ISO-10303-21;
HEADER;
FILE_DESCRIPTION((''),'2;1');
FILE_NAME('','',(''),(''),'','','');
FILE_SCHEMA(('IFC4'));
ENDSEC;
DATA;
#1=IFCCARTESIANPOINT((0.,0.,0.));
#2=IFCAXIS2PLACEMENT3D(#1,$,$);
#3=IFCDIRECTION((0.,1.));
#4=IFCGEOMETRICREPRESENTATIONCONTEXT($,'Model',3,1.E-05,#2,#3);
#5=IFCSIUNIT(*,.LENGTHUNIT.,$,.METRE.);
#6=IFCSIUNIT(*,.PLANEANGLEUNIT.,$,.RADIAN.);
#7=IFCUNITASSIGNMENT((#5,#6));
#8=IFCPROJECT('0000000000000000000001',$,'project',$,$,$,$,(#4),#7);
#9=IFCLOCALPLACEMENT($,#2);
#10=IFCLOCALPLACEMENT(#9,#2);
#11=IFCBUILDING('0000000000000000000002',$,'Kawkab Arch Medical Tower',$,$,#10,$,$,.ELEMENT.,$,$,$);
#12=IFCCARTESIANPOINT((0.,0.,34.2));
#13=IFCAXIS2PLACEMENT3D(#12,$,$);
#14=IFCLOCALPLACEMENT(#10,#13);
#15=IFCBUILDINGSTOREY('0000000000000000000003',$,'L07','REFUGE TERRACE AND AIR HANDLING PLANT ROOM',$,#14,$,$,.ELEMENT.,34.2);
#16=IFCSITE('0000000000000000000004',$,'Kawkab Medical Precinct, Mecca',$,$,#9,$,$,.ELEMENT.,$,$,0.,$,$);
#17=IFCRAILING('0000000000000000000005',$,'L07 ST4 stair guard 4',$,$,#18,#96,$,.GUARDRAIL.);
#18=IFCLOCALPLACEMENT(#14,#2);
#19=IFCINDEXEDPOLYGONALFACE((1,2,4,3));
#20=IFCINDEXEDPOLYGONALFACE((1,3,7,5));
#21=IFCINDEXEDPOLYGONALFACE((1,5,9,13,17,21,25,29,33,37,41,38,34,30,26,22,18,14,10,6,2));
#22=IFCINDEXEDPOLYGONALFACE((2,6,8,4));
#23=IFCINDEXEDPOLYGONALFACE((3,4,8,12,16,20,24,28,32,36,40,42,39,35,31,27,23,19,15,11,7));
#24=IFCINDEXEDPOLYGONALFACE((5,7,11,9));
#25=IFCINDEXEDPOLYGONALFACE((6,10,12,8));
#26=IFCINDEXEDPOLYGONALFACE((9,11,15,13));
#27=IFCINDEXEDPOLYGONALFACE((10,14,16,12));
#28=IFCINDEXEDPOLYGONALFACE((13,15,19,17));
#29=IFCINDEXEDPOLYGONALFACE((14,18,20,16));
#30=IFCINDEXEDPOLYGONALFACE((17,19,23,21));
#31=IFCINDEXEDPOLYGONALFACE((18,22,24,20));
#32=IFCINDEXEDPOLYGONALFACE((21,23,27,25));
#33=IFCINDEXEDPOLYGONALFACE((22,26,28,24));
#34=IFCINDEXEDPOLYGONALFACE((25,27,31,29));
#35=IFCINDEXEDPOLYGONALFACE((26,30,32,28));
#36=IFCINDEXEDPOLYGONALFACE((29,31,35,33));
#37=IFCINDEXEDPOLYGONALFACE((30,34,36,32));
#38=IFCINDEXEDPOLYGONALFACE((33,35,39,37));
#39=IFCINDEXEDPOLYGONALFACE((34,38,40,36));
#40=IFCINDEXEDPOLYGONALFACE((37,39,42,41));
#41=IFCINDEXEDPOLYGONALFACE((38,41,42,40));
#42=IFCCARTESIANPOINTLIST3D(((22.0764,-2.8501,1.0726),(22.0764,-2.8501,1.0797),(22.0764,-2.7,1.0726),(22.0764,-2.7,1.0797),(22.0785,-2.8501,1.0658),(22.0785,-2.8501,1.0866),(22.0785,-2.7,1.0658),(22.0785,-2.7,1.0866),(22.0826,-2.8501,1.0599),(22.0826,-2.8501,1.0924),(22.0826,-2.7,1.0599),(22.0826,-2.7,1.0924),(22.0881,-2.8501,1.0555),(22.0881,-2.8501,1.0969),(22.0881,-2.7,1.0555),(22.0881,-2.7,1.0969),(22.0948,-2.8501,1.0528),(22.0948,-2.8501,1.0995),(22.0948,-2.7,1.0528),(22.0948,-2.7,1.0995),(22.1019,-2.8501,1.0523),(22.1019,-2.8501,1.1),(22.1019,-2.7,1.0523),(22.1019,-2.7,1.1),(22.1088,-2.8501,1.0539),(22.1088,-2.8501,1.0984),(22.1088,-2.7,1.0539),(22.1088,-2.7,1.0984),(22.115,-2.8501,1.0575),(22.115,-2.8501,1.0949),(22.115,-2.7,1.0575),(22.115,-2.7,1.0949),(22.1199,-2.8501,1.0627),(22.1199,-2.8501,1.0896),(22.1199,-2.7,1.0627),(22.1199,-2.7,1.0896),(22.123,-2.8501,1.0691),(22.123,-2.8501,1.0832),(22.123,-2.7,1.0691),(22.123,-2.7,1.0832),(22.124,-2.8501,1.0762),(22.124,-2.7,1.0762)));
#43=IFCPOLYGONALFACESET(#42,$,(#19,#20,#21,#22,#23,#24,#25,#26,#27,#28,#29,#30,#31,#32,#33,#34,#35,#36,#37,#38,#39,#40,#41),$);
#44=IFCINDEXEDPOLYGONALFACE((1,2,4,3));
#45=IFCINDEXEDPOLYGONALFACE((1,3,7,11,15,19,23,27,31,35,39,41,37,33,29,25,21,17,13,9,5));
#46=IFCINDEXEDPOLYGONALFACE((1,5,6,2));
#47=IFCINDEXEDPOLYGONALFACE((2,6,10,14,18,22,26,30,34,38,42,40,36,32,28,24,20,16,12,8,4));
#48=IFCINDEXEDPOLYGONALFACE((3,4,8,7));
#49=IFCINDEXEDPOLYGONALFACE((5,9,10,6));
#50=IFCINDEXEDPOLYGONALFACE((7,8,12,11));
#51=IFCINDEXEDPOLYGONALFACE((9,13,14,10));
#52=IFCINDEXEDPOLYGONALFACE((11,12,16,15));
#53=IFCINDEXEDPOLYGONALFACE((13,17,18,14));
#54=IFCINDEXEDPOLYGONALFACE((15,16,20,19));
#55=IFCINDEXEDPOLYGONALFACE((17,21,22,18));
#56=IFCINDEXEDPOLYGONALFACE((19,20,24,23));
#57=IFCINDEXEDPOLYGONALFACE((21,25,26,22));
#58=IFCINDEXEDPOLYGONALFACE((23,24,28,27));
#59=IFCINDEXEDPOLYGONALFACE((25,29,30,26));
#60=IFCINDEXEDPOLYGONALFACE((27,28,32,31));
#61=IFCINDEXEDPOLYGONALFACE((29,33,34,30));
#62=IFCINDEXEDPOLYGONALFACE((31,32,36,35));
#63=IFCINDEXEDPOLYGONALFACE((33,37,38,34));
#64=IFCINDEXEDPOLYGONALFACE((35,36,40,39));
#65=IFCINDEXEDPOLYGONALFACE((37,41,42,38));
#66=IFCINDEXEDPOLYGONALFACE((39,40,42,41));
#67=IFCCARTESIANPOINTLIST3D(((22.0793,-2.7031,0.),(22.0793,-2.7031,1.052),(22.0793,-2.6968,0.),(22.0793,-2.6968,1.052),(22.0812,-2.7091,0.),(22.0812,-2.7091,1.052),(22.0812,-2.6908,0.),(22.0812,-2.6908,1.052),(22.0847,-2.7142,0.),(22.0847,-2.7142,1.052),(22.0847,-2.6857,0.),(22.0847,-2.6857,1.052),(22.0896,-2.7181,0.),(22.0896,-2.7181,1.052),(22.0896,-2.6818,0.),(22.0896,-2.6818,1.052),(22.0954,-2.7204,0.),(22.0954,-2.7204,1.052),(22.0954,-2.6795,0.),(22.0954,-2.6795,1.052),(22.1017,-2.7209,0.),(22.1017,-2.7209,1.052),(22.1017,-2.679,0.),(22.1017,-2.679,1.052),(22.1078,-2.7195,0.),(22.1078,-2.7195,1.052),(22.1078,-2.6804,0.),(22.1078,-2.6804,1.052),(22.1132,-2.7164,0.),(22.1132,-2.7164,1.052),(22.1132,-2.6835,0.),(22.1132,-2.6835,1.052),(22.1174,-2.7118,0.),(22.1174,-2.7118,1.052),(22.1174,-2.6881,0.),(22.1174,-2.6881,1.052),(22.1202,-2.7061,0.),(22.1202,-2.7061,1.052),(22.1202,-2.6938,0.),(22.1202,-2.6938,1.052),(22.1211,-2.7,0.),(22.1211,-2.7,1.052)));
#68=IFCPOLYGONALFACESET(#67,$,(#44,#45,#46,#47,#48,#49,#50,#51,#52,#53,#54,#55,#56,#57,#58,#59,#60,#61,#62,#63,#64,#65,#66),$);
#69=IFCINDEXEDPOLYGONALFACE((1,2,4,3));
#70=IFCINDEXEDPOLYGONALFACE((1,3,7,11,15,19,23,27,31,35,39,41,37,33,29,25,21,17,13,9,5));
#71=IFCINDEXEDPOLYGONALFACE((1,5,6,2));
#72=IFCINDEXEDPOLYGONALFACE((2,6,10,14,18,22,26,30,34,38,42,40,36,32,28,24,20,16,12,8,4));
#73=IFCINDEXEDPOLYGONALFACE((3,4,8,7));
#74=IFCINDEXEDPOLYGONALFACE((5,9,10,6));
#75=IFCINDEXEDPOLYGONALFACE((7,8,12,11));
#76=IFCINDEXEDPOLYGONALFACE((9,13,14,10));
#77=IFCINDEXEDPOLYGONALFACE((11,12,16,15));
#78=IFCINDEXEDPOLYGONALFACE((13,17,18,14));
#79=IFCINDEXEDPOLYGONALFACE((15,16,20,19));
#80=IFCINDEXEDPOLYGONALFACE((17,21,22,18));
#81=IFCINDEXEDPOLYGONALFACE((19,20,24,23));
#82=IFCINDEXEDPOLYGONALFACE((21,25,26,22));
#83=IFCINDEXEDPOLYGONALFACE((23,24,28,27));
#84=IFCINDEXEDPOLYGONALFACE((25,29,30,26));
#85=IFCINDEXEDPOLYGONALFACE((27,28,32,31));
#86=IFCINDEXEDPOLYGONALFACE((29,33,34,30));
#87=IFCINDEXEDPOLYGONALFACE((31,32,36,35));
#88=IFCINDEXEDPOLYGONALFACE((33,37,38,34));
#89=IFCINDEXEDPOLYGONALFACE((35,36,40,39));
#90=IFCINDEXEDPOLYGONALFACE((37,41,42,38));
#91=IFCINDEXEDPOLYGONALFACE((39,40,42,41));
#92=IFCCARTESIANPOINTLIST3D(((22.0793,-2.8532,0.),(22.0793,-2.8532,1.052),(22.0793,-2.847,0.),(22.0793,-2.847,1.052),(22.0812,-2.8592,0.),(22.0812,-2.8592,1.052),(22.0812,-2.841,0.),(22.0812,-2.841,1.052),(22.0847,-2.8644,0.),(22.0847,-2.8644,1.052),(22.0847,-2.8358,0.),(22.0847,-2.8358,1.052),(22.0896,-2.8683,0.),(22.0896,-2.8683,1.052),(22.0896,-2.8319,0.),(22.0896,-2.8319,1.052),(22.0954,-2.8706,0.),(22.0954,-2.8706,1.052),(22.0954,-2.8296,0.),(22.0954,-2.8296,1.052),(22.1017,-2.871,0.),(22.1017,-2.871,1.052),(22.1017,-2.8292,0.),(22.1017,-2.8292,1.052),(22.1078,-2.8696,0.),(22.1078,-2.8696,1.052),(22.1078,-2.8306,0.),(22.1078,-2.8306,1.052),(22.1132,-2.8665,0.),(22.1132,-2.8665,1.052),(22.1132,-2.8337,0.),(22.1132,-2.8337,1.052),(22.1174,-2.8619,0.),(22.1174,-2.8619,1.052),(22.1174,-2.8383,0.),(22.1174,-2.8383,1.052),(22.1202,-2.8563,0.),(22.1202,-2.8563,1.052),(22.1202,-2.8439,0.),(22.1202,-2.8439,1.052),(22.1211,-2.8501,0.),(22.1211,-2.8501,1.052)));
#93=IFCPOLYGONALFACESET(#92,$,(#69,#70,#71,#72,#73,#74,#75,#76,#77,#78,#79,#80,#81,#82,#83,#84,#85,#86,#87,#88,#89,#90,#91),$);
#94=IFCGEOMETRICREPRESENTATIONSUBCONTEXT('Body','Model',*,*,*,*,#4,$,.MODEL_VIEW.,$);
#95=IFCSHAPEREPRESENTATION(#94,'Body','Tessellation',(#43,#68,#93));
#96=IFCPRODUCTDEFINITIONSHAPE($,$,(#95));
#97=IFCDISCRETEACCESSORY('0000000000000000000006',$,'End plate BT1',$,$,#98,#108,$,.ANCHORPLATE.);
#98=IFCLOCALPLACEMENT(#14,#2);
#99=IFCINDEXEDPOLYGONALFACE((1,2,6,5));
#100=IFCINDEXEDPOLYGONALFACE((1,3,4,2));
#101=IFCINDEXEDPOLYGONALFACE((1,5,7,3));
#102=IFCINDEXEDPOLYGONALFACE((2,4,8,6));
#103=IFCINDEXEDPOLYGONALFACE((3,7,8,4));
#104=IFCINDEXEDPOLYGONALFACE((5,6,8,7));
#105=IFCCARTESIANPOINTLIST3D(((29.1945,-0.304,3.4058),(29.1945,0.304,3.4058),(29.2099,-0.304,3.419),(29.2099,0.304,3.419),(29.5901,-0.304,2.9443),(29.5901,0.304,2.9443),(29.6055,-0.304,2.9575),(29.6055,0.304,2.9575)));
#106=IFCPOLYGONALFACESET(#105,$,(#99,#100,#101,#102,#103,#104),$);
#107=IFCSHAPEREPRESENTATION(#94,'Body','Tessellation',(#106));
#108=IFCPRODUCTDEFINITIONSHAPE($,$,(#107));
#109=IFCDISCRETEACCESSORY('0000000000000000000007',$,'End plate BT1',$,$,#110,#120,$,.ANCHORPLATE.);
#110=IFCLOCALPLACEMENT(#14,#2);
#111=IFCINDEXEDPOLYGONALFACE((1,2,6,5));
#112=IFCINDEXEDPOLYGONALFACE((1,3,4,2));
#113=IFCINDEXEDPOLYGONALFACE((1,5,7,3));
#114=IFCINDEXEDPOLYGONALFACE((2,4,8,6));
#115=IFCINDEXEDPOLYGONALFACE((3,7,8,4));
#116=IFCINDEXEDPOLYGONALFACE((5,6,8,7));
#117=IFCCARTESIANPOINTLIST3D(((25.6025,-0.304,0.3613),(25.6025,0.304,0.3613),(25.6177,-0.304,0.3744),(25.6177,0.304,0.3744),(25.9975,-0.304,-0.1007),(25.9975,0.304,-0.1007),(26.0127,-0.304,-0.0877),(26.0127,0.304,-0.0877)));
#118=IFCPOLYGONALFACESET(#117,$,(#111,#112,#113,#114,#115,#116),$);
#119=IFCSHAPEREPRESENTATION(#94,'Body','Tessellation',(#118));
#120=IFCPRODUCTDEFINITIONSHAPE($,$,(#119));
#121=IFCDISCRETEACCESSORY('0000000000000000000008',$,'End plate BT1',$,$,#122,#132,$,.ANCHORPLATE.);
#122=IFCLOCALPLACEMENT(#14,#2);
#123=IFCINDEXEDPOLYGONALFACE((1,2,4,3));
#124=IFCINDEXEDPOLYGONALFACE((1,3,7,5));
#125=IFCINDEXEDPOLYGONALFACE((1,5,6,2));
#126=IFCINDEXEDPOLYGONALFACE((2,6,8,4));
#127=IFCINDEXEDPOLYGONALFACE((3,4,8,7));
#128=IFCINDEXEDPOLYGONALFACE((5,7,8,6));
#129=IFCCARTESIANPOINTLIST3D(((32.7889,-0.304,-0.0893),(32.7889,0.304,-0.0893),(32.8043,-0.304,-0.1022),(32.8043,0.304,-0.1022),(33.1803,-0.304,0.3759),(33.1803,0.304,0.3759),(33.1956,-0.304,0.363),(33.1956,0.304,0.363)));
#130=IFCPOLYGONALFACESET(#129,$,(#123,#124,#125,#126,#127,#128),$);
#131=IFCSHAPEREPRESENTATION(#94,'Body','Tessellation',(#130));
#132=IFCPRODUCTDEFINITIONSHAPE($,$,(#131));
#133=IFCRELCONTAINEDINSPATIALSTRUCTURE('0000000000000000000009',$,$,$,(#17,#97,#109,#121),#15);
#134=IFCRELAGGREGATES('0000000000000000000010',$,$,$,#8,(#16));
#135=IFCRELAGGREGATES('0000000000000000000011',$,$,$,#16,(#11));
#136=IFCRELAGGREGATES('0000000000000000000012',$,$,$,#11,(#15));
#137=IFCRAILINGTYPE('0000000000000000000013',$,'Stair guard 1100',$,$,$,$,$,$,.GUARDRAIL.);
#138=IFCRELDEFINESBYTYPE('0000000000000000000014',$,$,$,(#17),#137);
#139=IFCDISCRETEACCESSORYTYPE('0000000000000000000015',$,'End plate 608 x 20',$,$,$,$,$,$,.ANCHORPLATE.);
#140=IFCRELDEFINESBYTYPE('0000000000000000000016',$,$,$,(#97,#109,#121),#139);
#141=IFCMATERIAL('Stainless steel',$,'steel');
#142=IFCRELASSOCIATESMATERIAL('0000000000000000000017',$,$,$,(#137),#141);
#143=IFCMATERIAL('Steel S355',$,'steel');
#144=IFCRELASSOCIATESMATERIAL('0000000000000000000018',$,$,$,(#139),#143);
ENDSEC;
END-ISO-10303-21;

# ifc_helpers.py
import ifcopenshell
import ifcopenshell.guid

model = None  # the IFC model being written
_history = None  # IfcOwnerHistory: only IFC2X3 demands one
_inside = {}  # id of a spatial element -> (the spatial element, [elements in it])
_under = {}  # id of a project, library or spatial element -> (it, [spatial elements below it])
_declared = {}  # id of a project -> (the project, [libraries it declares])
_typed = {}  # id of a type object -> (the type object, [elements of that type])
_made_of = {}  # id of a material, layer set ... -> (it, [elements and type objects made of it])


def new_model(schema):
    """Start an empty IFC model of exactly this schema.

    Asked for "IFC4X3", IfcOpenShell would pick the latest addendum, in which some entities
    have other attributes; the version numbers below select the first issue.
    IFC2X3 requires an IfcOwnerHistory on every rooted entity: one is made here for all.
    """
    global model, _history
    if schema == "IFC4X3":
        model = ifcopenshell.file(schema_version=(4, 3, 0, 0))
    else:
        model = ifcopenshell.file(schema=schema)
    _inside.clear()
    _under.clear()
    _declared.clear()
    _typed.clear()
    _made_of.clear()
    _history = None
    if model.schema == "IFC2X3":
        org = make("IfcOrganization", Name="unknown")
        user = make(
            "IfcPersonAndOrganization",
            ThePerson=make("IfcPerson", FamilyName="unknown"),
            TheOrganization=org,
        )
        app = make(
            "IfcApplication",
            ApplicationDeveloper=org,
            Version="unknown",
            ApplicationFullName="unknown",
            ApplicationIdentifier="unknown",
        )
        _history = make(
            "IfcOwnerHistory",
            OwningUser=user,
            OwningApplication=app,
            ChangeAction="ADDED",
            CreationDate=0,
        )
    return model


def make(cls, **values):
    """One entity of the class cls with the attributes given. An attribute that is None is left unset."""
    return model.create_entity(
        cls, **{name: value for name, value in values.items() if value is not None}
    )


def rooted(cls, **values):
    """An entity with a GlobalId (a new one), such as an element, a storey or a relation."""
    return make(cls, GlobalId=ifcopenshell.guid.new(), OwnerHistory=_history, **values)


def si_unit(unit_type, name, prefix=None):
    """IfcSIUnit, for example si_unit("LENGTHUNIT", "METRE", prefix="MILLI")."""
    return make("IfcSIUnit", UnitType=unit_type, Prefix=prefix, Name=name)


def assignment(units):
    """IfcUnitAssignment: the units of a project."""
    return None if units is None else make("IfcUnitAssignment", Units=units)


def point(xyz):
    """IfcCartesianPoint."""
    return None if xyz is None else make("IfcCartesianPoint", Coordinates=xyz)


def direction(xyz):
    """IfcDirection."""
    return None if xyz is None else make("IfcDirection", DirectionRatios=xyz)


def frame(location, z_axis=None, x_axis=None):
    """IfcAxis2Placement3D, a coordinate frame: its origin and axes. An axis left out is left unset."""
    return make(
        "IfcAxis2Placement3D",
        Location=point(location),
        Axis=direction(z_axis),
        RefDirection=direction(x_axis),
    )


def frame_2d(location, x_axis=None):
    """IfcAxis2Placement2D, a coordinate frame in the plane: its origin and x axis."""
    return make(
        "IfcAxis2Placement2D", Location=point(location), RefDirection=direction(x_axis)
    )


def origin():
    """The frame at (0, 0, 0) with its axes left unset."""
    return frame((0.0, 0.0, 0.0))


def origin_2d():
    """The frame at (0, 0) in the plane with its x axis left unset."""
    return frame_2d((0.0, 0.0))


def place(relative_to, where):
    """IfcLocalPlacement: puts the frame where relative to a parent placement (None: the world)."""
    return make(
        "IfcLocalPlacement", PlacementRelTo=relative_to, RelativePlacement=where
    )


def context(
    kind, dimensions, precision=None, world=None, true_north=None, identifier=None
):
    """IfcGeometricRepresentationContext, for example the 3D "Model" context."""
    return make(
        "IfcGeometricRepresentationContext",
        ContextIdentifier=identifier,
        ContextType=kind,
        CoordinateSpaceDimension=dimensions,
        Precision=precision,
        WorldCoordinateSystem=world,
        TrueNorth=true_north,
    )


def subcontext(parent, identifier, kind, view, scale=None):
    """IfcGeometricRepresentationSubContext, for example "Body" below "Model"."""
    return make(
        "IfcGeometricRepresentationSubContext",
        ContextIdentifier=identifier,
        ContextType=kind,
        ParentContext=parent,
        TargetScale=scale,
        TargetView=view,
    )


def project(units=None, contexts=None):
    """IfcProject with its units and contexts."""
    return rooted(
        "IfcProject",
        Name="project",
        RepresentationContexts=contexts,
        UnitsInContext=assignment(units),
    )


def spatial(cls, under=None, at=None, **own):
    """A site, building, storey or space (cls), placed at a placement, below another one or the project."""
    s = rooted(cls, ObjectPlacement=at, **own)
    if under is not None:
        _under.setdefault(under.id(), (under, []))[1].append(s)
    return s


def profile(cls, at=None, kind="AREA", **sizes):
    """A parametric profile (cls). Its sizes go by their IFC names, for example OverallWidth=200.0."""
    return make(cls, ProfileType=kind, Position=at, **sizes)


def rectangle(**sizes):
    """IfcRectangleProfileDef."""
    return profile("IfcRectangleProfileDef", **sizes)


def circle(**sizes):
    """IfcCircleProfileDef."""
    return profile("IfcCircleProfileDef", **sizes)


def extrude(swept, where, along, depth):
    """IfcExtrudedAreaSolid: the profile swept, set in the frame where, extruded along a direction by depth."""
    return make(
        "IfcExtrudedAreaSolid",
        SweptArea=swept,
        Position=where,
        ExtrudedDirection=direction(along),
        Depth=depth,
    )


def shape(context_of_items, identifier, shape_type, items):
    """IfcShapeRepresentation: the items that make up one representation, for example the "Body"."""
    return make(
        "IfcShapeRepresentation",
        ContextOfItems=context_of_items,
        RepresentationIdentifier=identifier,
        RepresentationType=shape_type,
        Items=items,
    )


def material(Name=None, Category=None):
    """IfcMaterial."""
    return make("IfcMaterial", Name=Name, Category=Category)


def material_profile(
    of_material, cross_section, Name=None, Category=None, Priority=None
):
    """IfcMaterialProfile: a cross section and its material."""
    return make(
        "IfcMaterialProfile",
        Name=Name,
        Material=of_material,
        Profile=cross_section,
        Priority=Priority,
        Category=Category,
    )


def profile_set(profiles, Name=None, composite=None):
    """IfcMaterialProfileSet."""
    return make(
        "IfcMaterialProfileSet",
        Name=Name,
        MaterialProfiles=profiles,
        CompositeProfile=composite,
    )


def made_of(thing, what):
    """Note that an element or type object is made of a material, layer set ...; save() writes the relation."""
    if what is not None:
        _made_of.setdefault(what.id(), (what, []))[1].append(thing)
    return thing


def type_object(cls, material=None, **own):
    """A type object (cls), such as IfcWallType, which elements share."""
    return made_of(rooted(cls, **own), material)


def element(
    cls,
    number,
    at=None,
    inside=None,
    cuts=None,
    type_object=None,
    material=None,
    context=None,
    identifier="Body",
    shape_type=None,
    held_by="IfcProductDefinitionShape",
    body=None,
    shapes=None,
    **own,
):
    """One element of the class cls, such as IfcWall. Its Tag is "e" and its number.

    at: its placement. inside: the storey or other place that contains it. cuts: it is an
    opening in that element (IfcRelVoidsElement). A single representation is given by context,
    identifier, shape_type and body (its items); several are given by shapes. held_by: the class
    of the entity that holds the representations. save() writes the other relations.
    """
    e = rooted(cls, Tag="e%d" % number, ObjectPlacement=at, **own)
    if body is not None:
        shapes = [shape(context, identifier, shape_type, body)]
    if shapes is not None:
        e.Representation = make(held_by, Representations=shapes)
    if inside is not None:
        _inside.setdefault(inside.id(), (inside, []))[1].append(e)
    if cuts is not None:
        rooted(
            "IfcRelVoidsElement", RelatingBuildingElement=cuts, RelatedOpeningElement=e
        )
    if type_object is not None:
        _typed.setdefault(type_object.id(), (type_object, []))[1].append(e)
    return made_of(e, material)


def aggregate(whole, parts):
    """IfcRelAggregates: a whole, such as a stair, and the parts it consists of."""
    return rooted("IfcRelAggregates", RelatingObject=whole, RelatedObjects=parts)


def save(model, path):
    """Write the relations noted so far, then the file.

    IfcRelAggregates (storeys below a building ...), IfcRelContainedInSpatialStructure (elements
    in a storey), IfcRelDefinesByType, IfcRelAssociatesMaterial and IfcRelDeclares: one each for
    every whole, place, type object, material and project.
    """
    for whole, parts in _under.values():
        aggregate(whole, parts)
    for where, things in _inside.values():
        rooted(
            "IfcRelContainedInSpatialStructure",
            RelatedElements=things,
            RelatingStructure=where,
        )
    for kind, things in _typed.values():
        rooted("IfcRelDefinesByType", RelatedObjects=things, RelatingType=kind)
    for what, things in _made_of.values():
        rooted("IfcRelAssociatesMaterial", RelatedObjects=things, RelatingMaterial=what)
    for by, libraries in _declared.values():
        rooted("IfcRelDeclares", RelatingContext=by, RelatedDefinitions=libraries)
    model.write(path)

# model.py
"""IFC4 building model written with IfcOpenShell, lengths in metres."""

from ifc_helpers import new_model, si_unit, direction, frame, origin, origin_2d, place, context, subcontext, project, spatial, rectangle, circle, extrude, material, material_profile, profile_set, type_object, element, save


model = new_model("IFC4")

# Units and contexts
model_context = context("Model", 3, precision=1e-05, world=origin(), true_north=direction((0.0, 1.0)))
body_context = subcontext(model_context, "Body", "Model", "MODEL_VIEW")
ifc_project = project(units=[si_unit("LENGTHUNIT", "METRE"), si_unit("PLANEANGLEUNIT", "RADIAN")], contexts=[model_context])

# Site, building, storey
site_placement = place(None, origin())
site = spatial("IfcSite", under=ifc_project, at=site_placement, Name="Kawkab Medical Precinct, Mecca", CompositionType="ELEMENT", RefElevation=0.0)
building_placement = place(site_placement, origin())
building = spatial("IfcBuilding", under=site, at=building_placement, Name="Kawkab Arch Medical Tower", CompositionType="ELEMENT")
storey_placement = place(building_placement, frame((0.0, 0.0, 34.2)))
storey = spatial("IfcBuildingStorey", under=building, at=storey_placement, Name="L07", Description="REFUGE TERRACE AND AIR HANDLING PLANT ROOM", CompositionType="ELEMENT", Elevation=34.2)

# Railing
ifc_material_1 = material(Name="Stainless steel", Category="steel")
railing_type_1 = type_object("IfcRailingType", Name="Stair guard 1100", PredefinedType="GUARDRAIL", material=ifc_material_1)
railing_1_placement = place(storey_placement, frame((22.1001, -2.7, 0.0)))
element("IfcRailing", 1, at=railing_1_placement, inside=storey, type_object=railing_type_1, Name="L07 ST4 stair guard 4", PredefinedType="GUARDRAIL", context=body_context, shape_type="SweptSolid", body=[
    extrude(circle(Radius=0.0239, at=origin_2d()), frame((0.0, 0.0, 1.0762), z_axis=(0.0, -1.0, 0.0), x_axis=(1.0, 0.0, 0.0)), (0.0, 0.0, 1.0), 0.1501),
    extrude(circle(Radius=0.021, at=origin_2d()), origin(), (0.0, 0.0, 1.0), 1.052),
    extrude(circle(Radius=0.021, at=origin_2d()), frame((0.0, -0.1501, 0.0)), (0.0, 0.0, 1.0), 1.052),
])

# Discrete accessories
ifc_material_2 = material(Name="Steel S355", Category="steel")
ifc_material_profile_1 = material_profile(ifc_material_2, rectangle(XDim=0.6079, YDim=0.6079, at=origin_2d()), Name="End plate 608 x 20")
ifc_profile_set_1 = profile_set([ifc_material_profile_1], Name="Steel S355")
discrete_accessory_type = type_object("IfcDiscreteAccessoryType", Name="End plate 608 x 20", PredefinedType="ANCHORPLATE", material=ifc_profile_set_1)
discrete_accessory_placement = place(storey_placement, frame((29.3923, 0.0, 3.175), z_axis=(0.759257, 0.0, 0.650791), x_axis=(0.0, 1.0, 0.0)))
element("IfcDiscreteAccessory", 2, at=discrete_accessory_placement, inside=storey, type_object=discrete_accessory_type, Name="End plate BT1", PredefinedType="ANCHORPLATE", context=body_context, shape_type="SweptSolid", body=[
    extrude(rectangle(XDim=0.6079, YDim=0.6079, at=origin_2d()), origin(), (0.0, 0.0, 1.0), 0.0203),
])
for number, where, z_axis, x_axis, name in (
    (3, (25.8152, 0.0, 0.1433), (-0.760121, 0.0, -0.649781), (0.0, -1.0, 0.0), "End plate BT1"),
    (4, (32.9846, 0.0, 0.1433), (0.765226, 0.0, -0.643762), (0.0, 1.0, 0.0), "End plate BT1"),
):
    element("IfcDiscreteAccessory", number, at=place(storey_placement, frame(where, z_axis=z_axis, x_axis=x_axis)), inside=storey, type_object=discrete_accessory_type, Name=name, PredefinedType="ANCHORPLATE", context=body_context, shape_type="SweptSolid", body=[
        extrude(rectangle(XDim=0.6079, YDim=0.6079, at=origin_2d()), origin(), (0.0, 0.0, 1.0), 0.02),
    ])

save(model, "model.ifc")
